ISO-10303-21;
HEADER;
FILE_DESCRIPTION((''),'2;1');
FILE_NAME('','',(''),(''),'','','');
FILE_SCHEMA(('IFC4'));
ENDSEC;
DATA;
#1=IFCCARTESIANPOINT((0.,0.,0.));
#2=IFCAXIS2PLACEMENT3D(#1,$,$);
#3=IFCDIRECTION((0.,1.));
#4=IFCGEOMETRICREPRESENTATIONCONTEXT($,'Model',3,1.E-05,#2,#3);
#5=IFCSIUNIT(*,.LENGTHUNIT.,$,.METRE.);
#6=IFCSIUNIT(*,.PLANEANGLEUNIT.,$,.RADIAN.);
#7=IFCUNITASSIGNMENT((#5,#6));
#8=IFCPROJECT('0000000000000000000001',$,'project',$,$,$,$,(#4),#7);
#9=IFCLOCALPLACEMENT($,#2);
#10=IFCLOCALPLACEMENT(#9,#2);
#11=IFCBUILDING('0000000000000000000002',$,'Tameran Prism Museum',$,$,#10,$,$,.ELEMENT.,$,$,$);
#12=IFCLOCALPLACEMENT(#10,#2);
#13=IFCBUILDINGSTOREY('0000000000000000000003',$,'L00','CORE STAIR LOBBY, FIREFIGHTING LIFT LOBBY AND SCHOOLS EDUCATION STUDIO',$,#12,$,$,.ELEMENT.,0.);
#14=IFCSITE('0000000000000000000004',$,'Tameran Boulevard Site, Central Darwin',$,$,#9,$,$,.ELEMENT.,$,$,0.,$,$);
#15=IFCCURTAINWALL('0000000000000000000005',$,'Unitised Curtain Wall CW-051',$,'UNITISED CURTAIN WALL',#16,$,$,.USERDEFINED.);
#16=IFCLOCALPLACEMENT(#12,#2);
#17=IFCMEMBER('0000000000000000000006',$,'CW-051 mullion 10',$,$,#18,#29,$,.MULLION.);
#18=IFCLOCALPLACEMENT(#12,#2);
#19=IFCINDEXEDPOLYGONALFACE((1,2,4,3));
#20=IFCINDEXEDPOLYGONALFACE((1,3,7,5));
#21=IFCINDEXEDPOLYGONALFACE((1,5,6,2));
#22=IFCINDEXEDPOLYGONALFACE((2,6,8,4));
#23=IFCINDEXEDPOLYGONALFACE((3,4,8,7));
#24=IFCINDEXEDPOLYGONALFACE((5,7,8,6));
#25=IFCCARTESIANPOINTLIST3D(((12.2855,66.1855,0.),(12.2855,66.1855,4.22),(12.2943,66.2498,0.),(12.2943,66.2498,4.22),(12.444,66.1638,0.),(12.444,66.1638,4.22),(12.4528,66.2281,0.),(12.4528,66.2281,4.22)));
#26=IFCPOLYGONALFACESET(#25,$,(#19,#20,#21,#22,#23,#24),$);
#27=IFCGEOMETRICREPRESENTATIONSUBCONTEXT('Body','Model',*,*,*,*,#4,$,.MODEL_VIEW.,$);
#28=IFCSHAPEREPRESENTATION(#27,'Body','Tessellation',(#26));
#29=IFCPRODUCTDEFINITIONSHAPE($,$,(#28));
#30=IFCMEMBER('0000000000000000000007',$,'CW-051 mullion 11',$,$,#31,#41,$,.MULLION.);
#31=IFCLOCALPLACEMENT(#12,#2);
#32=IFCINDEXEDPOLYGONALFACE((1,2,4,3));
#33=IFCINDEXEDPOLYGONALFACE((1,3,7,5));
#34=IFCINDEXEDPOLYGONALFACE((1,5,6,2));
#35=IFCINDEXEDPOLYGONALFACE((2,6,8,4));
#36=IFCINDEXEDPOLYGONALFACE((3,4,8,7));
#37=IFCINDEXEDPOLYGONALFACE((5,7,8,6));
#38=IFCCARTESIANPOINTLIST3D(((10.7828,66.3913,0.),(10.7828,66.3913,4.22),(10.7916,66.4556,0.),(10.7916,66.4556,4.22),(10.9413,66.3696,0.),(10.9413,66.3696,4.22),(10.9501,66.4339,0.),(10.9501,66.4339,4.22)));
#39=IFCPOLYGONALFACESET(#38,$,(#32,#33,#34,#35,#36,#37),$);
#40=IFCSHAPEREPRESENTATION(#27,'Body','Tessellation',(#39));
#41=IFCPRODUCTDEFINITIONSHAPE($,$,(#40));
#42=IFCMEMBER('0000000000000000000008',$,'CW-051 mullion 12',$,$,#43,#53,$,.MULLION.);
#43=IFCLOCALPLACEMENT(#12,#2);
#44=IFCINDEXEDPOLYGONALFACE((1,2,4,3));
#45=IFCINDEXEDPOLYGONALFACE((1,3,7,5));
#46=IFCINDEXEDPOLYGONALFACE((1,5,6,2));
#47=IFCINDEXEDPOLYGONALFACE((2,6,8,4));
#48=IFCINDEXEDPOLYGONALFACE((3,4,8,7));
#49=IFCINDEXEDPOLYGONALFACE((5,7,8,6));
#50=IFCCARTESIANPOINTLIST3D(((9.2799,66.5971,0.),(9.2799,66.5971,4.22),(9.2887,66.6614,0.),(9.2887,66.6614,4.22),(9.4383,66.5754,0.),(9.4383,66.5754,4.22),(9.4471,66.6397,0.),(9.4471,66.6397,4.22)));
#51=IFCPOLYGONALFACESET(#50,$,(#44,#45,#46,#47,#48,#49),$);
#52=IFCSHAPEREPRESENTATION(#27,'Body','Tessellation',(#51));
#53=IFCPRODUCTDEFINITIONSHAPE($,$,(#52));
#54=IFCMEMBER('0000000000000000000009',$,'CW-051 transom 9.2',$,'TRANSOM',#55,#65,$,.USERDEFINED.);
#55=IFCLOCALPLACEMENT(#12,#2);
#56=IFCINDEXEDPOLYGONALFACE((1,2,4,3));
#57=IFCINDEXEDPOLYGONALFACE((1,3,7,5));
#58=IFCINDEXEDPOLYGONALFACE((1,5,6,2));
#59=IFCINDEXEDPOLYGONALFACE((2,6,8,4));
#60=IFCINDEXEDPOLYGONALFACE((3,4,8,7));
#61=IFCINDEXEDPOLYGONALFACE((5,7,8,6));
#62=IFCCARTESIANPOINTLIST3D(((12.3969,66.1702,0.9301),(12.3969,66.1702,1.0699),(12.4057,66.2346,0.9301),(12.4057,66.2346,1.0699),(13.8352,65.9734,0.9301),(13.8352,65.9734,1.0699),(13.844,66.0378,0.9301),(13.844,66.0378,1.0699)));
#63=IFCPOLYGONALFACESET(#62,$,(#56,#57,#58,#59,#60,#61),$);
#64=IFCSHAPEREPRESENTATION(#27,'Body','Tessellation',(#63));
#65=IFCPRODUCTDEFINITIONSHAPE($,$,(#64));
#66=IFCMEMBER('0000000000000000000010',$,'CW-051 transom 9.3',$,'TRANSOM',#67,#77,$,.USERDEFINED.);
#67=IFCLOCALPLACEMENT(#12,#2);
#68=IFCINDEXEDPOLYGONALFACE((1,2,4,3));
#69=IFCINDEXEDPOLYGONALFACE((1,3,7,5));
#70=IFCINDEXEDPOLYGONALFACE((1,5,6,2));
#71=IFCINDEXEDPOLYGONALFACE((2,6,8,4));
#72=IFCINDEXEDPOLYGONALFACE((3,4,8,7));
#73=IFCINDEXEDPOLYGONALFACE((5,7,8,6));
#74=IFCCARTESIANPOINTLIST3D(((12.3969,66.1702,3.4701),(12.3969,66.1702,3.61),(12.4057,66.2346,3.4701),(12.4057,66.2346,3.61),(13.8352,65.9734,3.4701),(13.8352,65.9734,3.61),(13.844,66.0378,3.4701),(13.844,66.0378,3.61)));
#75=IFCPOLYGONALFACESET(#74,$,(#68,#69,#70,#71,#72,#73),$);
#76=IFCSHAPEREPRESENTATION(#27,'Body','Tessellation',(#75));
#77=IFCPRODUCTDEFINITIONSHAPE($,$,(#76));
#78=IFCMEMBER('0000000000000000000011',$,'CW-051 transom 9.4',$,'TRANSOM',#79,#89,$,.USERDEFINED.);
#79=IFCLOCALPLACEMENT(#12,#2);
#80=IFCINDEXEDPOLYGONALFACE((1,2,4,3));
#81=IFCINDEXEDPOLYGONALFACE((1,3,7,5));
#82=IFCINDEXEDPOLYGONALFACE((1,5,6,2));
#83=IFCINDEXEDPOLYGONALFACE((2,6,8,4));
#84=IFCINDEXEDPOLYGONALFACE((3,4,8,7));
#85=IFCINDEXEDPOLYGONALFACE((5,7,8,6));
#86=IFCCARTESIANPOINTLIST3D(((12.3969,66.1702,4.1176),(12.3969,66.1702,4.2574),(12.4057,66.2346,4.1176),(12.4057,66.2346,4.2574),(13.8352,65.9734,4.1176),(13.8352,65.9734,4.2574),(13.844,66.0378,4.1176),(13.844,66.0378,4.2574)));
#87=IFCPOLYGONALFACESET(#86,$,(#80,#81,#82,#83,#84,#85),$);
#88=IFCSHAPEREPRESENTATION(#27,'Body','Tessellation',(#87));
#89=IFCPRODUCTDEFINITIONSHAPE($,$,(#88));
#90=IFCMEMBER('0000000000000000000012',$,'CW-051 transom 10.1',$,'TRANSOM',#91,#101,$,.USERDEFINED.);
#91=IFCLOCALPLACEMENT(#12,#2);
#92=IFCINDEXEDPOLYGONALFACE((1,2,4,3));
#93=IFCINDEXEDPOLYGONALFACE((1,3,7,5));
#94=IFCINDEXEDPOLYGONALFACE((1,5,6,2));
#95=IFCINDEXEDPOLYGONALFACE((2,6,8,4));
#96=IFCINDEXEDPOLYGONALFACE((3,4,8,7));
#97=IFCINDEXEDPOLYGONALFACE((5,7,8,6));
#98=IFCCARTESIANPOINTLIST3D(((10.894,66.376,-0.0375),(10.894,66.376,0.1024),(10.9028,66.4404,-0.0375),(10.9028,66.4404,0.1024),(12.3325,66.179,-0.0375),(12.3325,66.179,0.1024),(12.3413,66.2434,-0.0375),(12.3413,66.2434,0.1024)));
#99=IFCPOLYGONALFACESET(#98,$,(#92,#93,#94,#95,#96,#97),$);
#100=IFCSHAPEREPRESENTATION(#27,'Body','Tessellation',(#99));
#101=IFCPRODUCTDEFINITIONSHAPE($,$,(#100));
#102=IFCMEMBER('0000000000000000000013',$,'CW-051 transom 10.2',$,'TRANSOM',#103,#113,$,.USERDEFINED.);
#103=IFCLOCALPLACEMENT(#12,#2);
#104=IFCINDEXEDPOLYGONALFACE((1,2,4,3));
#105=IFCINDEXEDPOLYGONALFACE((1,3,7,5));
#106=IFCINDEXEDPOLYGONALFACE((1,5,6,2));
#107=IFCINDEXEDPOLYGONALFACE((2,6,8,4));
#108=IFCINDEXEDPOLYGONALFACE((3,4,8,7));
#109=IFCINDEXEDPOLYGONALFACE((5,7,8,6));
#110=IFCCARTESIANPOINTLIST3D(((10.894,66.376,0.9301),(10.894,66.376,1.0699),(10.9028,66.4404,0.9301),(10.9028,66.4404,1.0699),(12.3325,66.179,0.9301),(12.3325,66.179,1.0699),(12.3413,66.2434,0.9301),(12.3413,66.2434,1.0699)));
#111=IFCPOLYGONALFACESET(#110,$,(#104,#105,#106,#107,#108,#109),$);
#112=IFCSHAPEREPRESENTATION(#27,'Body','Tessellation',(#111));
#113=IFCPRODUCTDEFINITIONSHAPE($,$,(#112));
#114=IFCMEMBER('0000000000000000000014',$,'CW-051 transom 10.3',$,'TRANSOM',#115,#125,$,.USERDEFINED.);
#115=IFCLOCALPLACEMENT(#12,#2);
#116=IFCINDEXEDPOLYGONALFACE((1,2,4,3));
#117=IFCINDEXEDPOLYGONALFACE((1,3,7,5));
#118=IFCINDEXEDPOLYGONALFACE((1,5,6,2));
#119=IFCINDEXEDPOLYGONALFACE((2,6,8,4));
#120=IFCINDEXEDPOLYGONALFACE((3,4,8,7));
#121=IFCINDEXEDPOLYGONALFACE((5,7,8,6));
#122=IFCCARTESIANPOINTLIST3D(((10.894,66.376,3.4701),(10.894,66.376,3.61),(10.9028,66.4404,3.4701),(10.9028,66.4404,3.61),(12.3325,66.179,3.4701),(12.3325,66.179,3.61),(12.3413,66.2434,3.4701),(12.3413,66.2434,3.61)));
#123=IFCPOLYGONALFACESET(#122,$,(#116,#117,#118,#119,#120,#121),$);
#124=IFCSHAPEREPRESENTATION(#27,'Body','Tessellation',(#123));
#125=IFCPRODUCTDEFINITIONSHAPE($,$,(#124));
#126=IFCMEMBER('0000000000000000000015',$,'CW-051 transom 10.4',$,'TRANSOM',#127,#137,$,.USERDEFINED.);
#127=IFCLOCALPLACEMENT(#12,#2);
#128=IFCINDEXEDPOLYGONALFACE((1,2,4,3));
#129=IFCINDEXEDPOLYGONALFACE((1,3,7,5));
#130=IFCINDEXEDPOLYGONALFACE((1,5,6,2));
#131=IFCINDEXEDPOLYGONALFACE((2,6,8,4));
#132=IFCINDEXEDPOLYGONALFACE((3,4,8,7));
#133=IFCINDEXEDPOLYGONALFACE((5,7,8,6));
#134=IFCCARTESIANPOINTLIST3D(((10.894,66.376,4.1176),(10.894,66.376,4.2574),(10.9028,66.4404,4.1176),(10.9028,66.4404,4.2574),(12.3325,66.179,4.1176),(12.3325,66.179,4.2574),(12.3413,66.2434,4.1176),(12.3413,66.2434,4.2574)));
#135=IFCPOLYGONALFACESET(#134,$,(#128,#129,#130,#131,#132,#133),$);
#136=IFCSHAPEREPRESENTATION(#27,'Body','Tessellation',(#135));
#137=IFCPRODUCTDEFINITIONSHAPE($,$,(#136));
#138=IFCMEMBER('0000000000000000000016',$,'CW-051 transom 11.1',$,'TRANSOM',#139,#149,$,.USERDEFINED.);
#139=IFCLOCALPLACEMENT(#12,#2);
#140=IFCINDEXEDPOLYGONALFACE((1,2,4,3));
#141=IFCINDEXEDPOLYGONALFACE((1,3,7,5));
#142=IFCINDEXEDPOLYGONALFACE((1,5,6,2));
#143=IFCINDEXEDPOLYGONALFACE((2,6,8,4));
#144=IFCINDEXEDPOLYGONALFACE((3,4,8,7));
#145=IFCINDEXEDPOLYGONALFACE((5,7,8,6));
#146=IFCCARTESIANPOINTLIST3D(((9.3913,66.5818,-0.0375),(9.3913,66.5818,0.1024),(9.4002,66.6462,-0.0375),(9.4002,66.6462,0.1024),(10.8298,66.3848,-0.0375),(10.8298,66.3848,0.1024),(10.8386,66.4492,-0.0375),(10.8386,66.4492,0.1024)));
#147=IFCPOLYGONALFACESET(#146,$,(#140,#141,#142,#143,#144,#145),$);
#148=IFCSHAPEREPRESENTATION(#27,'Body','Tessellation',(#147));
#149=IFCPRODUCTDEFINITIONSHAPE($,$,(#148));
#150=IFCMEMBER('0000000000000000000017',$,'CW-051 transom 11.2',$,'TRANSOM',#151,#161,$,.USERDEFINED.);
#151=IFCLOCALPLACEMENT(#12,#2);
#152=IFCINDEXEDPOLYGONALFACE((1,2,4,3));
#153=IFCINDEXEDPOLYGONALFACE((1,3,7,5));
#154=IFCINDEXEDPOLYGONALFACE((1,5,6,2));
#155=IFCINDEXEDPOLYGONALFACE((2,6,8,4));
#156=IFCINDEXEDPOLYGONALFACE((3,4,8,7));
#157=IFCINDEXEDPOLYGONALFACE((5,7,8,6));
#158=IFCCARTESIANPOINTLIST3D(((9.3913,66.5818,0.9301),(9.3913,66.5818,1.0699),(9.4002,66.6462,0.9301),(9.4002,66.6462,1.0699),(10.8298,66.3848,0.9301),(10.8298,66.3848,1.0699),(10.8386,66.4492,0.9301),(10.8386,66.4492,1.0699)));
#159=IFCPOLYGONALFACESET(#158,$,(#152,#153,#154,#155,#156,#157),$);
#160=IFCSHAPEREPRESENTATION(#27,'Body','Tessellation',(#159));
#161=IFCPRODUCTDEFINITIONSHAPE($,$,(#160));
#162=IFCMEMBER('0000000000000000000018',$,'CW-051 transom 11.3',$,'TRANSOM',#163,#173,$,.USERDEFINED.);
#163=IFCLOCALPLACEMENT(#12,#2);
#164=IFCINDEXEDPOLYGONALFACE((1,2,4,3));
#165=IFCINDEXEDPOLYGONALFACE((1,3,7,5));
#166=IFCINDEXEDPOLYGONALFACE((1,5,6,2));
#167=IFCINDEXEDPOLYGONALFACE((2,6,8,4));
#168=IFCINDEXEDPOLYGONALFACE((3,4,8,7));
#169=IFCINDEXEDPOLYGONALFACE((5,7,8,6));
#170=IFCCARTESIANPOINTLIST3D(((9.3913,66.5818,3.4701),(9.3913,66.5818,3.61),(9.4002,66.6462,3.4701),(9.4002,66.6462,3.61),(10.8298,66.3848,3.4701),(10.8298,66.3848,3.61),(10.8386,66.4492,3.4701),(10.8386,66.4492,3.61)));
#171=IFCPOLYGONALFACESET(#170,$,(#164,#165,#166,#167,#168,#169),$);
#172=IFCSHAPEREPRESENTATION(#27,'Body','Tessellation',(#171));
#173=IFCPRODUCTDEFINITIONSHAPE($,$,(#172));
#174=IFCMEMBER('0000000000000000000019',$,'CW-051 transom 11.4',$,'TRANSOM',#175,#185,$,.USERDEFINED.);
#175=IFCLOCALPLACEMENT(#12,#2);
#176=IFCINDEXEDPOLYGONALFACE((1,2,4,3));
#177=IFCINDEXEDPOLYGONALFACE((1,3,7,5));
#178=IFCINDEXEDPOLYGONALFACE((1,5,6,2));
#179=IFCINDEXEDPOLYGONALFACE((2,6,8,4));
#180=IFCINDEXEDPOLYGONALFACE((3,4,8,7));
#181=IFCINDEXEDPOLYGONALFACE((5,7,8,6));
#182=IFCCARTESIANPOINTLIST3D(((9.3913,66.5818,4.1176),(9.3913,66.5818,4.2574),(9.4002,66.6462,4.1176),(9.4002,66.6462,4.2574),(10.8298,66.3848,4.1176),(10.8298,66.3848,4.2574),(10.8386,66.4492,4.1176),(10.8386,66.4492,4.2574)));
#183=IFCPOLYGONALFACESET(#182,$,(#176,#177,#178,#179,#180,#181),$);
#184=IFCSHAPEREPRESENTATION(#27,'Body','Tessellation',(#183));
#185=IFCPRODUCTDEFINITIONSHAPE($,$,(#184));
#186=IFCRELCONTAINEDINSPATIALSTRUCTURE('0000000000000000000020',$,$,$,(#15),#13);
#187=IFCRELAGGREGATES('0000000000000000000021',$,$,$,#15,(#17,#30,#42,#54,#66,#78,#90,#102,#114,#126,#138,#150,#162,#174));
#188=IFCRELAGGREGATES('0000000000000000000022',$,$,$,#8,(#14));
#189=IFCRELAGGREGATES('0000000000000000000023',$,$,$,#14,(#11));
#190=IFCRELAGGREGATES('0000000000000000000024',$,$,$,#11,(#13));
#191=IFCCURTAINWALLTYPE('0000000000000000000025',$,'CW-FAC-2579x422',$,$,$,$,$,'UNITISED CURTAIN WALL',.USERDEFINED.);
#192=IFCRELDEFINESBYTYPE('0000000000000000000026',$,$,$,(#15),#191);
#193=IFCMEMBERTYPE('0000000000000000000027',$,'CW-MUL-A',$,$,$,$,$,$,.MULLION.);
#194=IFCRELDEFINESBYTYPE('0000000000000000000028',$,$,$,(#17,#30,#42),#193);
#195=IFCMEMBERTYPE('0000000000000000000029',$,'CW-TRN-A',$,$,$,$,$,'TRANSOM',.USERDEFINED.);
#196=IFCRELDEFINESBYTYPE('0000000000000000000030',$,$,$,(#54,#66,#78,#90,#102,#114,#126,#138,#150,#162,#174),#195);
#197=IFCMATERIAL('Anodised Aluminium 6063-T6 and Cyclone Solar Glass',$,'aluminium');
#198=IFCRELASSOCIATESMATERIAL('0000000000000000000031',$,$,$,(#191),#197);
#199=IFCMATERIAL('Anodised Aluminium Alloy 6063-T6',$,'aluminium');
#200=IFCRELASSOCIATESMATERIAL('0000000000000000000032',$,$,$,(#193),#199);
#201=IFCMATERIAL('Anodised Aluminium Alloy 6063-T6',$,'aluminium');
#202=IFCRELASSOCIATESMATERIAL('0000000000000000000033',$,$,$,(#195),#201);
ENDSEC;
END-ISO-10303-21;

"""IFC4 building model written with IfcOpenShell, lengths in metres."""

from ifc_helpers import new_model, si_unit, direction, frame, origin, origin_2d, place, context, subcontext, project, spatial, rectangle, extrude, material, material_profile, profile_set, type_object, element, aggregate, save


model = new_model("IFC4")

# Units and contexts
model_context = context("Model", 3, precision=1e-05, world=origin(), true_north=direction((0.0, 1.0)))
body_context = subcontext(model_context, "Body", "Model", "MODEL_VIEW")
ifc_project = project(units=[si_unit("LENGTHUNIT", "METRE"), si_unit("PLANEANGLEUNIT", "RADIAN")], contexts=[model_context])

# Site, building, storey
site_placement = place(None, origin())
site = spatial("IfcSite", under=ifc_project, at=site_placement, Name="Tameran Boulevard Site, Central Darwin", CompositionType="ELEMENT", RefElevation=0.0)
building_placement = place(site_placement, origin())
building = spatial("IfcBuilding", under=site, at=building_placement, Name="Tameran Prism Museum", CompositionType="ELEMENT")
storey_placement = place(building_placement, origin())
storey = spatial("IfcBuildingStorey", under=building, at=storey_placement, Name="L00", Description="CORE STAIR LOBBY, FIREFIGHTING LIFT LOBBY AND SCHOOLS EDUCATION STUDIO", CompositionType="ELEMENT", Elevation=0.0)

# Curtain wall, members
ifc_material_1 = material(Name="Anodised Aluminium 6063-T6 and Cyclone Solar Glass", Category="aluminium")
curtain_wall_type = type_object("IfcCurtainWallType", Name="CW-FAC-2579x422", ElementType="UNITISED CURTAIN WALL", PredefinedType="USERDEFINED", material=ifc_material_1)
curtain_wall_placement = place(storey_placement, origin())
curtain_wall = element("IfcCurtainWall", 1, at=curtain_wall_placement, inside=storey, type_object=curtain_wall_type, Name="Unitised Curtain Wall CW-051", ObjectType="UNITISED CURTAIN WALL", PredefinedType="USERDEFINED")
ifc_material_2 = material(Name="Anodised Aluminium Alloy 6063-T6", Category="aluminium")
ifc_material_profile_1 = material_profile(ifc_material_2, rectangle(XDim=0.0649, YDim=0.1599, at=origin_2d()))
ifc_profile_set_1 = profile_set([ifc_material_profile_1])
member_type_1 = type_object("IfcMemberType", Name="CW-MUL-A", PredefinedType="MULLION", material=ifc_profile_set_1)
member_1_placement = place(storey_placement, frame((12.3691, 66.2068, 0.0), z_axis=(0.0, 0.0, 1.0), x_axis=(-0.135658, -0.990756, 0.0)))
member_1 = element("IfcMember", 2, at=member_1_placement, type_object=member_type_1, Name="CW-051 mullion 10", PredefinedType="MULLION", context=body_context, shape_type="SweptSolid", body=[
    extrude(rectangle(XDim=0.0649, YDim=0.1599, at=origin_2d()), origin(), (0.0, 0.0, 1.0), 4.22),
])
member_2_placement = place(storey_placement, frame((10.8665, 66.4126, 0.0), z_axis=(0.0, 0.0, 1.0), x_axis=(-0.135658, -0.990756, 0.0)))
member_2 = element("IfcMember", 3, at=member_2_placement, type_object=member_type_1, Name="CW-051 mullion 11", PredefinedType="MULLION", context=body_context, shape_type="SweptSolid", body=[
    extrude(rectangle(XDim=0.0649, YDim=0.1599, at=origin_2d()), origin(), (0.0, 0.0, 1.0), 4.22),
])
member_3_placement = place(storey_placement, frame((9.3635, 66.6184, 0.0), z_axis=(0.0, 0.0, 1.0), x_axis=(-0.135658, -0.990756, 0.0)))
member_3 = element("IfcMember", 4, at=member_3_placement, type_object=member_type_1, Name="CW-051 mullion 12", PredefinedType="MULLION", context=body_context, shape_type="SweptSolid", body=[
    extrude(rectangle(XDim=0.0649, YDim=0.1599, at=origin_2d()), origin(), (0.0, 0.0, 1.0), 4.22),
])
ifc_material_3 = material(Name="Anodised Aluminium Alloy 6063-T6", Category="aluminium")
ifc_material_profile_2 = material_profile(ifc_material_3, rectangle(XDim=0.0649, YDim=0.1399, at=origin_2d()))
ifc_profile_set_2 = profile_set([ifc_material_profile_2])
member_type_2 = type_object("IfcMemberType", Name="CW-TRN-A", ElementType="TRANSOM", PredefinedType="USERDEFINED", material=ifc_profile_set_2)
member_4_placement = place(storey_placement, frame((13.8396, 66.0056, 1.0), z_axis=(-0.99077, 0.135556, 0.0), x_axis=(-0.135556, -0.99077, 0.0)))
member_4 = element("IfcMember", 5, at=member_4_placement, type_object=member_type_2, Name="CW-051 transom 9.2", ObjectType="TRANSOM", PredefinedType="USERDEFINED", context=body_context, shape_type="SweptSolid", body=[
    extrude(rectangle(XDim=0.0649, YDim=0.1399, at=origin_2d()), origin(), (0.0, 0.0, 1.0), 1.4517),
])
member_5_placement = place(storey_placement, frame((13.8396, 66.0056, 3.54), z_axis=(-0.99077, 0.135556, 0.0), x_axis=(-0.135556, -0.99077, 0.0)))
member_5 = element("IfcMember", 6, at=member_5_placement, type_object=member_type_2, Name="CW-051 transom 9.3", ObjectType="TRANSOM", PredefinedType="USERDEFINED", context=body_context, shape_type="SweptSolid", body=[
    extrude(rectangle(XDim=0.0649, YDim=0.1399, at=origin_2d()), origin(), (0.0, 0.0, 1.0), 1.4517),
])
member_6_placement = place(storey_placement, frame((13.8396, 66.0056, 4.1875), z_axis=(-0.99077, 0.135556, 0.0), x_axis=(-0.135556, -0.99077, 0.0)))
member_6 = element("IfcMember", 7, at=member_6_placement, type_object=member_type_2, Name="CW-051 transom 9.4", ObjectType="TRANSOM", PredefinedType="USERDEFINED", context=body_context, shape_type="SweptSolid", body=[
    extrude(rectangle(XDim=0.0649, YDim=0.1399, at=origin_2d()), origin(), (0.0, 0.0, 1.0), 1.4517),
])
member_7_placement = place(storey_placement, frame((12.3369, 66.2112, 0.0325), z_axis=(-0.99075, 0.135698, 0.0), x_axis=(-0.135698, -0.99075, 0.0)))
member_7 = element("IfcMember", 8, at=member_7_placement, type_object=member_type_2, Name="CW-051 transom 10.1", ObjectType="TRANSOM", PredefinedType="USERDEFINED", context=body_context, shape_type="SweptSolid", body=[
    extrude(rectangle(XDim=0.0649, YDim=0.1399, at=origin_2d()), origin(), (0.0, 0.0, 1.0), 1.4519),
])
member_8_placement = place(storey_placement, frame((12.3369, 66.2112, 1.0), z_axis=(-0.99075, 0.135698, 0.0), x_axis=(-0.135698, -0.99075, 0.0)))
member_8 = element("IfcMember", 9, at=member_8_placement, type_object=member_type_2, Name="CW-051 transom 10.2", ObjectType="TRANSOM", PredefinedType="USERDEFINED", context=body_context, shape_type="SweptSolid", body=[
    extrude(rectangle(XDim=0.0649, YDim=0.1399, at=origin_2d()), origin(), (0.0, 0.0, 1.0), 1.4519),
])
member_9_placement = place(storey_placement, frame((12.3369, 66.2112, 3.54), z_axis=(-0.99075, 0.135698, 0.0), x_axis=(-0.135698, -0.99075, 0.0)))
member_9 = element("IfcMember", 10, at=member_9_placement, type_object=member_type_2, Name="CW-051 transom 10.3", ObjectType="TRANSOM", PredefinedType="USERDEFINED", context=body_context, shape_type="SweptSolid", body=[
    extrude(rectangle(XDim=0.0649, YDim=0.1399, at=origin_2d()), origin(), (0.0, 0.0, 1.0), 1.4519),
])
member_10_placement = place(storey_placement, frame((12.3369, 66.2112, 4.1875), z_axis=(-0.99075, 0.135698, 0.0), x_axis=(-0.135698, -0.99075, 0.0)))
member_10 = element("IfcMember", 11, at=member_10_placement, type_object=member_type_2, Name="CW-051 transom 10.4", ObjectType="TRANSOM", PredefinedType="USERDEFINED", context=body_context, shape_type="SweptSolid", body=[
    extrude(rectangle(XDim=0.0649, YDim=0.1399, at=origin_2d()), origin(), (0.0, 0.0, 1.0), 1.4519),
])
member_11_placement = place(storey_placement, frame((10.8342, 66.417, 0.0325), z_axis=(-0.99075, 0.135698, 0.0), x_axis=(-0.135698, -0.99075, 0.0)))
member_11 = element("IfcMember", 12, at=member_11_placement, type_object=member_type_2, Name="CW-051 transom 11.1", ObjectType="TRANSOM", PredefinedType="USERDEFINED", context=body_context, shape_type="SweptSolid", body=[
    extrude(rectangle(XDim=0.0649, YDim=0.1399, at=origin_2d()), origin(), (0.0, 0.0, 1.0), 1.4519),
])
member_12_placement = place(storey_placement, frame((10.8342, 66.417, 1.0), z_axis=(-0.99075, 0.135698, 0.0), x_axis=(-0.135698, -0.99075, 0.0)))
member_12 = element("IfcMember", 13, at=member_12_placement, type_object=member_type_2, Name="CW-051 transom 11.2", ObjectType="TRANSOM", PredefinedType="USERDEFINED", context=body_context, shape_type="SweptSolid", body=[
    extrude(rectangle(XDim=0.0649, YDim=0.1399, at=origin_2d()), origin(), (0.0, 0.0, 1.0), 1.4519),
])
member_13_placement = place(storey_placement, frame((10.8342, 66.417, 3.54), z_axis=(-0.99075, 0.135698, 0.0), x_axis=(-0.135698, -0.99075, 0.0)))
member_13 = element("IfcMember", 14, at=member_13_placement, type_object=member_type_2, Name="CW-051 transom 11.3", ObjectType="TRANSOM", PredefinedType="USERDEFINED", context=body_context, shape_type="SweptSolid", body=[
    extrude(rectangle(XDim=0.0649, YDim=0.1399, at=origin_2d()), origin(), (0.0, 0.0, 1.0), 1.4519),
])
member_14_placement = place(storey_placement, frame((10.8342, 66.417, 4.1875), z_axis=(-0.99075, 0.135698, 0.0), x_axis=(-0.135698, -0.99075, 0.0)))
member_14 = element("IfcMember", 15, at=member_14_placement, type_object=member_type_2, Name="CW-051 transom 11.4", ObjectType="TRANSOM", PredefinedType="USERDEFINED", context=body_context, shape_type="SweptSolid", body=[
    extrude(rectangle(XDim=0.0649, YDim=0.1399, at=origin_2d()), origin(), (0.0, 0.0, 1.0), 1.4519),
])
aggregate(curtain_wall, [member_1, member_2, member_3, member_4, member_5, member_6, member_7, member_8, member_9, member_10, member_11, member_12, member_13, member_14])

save(model, "model.ifc")
